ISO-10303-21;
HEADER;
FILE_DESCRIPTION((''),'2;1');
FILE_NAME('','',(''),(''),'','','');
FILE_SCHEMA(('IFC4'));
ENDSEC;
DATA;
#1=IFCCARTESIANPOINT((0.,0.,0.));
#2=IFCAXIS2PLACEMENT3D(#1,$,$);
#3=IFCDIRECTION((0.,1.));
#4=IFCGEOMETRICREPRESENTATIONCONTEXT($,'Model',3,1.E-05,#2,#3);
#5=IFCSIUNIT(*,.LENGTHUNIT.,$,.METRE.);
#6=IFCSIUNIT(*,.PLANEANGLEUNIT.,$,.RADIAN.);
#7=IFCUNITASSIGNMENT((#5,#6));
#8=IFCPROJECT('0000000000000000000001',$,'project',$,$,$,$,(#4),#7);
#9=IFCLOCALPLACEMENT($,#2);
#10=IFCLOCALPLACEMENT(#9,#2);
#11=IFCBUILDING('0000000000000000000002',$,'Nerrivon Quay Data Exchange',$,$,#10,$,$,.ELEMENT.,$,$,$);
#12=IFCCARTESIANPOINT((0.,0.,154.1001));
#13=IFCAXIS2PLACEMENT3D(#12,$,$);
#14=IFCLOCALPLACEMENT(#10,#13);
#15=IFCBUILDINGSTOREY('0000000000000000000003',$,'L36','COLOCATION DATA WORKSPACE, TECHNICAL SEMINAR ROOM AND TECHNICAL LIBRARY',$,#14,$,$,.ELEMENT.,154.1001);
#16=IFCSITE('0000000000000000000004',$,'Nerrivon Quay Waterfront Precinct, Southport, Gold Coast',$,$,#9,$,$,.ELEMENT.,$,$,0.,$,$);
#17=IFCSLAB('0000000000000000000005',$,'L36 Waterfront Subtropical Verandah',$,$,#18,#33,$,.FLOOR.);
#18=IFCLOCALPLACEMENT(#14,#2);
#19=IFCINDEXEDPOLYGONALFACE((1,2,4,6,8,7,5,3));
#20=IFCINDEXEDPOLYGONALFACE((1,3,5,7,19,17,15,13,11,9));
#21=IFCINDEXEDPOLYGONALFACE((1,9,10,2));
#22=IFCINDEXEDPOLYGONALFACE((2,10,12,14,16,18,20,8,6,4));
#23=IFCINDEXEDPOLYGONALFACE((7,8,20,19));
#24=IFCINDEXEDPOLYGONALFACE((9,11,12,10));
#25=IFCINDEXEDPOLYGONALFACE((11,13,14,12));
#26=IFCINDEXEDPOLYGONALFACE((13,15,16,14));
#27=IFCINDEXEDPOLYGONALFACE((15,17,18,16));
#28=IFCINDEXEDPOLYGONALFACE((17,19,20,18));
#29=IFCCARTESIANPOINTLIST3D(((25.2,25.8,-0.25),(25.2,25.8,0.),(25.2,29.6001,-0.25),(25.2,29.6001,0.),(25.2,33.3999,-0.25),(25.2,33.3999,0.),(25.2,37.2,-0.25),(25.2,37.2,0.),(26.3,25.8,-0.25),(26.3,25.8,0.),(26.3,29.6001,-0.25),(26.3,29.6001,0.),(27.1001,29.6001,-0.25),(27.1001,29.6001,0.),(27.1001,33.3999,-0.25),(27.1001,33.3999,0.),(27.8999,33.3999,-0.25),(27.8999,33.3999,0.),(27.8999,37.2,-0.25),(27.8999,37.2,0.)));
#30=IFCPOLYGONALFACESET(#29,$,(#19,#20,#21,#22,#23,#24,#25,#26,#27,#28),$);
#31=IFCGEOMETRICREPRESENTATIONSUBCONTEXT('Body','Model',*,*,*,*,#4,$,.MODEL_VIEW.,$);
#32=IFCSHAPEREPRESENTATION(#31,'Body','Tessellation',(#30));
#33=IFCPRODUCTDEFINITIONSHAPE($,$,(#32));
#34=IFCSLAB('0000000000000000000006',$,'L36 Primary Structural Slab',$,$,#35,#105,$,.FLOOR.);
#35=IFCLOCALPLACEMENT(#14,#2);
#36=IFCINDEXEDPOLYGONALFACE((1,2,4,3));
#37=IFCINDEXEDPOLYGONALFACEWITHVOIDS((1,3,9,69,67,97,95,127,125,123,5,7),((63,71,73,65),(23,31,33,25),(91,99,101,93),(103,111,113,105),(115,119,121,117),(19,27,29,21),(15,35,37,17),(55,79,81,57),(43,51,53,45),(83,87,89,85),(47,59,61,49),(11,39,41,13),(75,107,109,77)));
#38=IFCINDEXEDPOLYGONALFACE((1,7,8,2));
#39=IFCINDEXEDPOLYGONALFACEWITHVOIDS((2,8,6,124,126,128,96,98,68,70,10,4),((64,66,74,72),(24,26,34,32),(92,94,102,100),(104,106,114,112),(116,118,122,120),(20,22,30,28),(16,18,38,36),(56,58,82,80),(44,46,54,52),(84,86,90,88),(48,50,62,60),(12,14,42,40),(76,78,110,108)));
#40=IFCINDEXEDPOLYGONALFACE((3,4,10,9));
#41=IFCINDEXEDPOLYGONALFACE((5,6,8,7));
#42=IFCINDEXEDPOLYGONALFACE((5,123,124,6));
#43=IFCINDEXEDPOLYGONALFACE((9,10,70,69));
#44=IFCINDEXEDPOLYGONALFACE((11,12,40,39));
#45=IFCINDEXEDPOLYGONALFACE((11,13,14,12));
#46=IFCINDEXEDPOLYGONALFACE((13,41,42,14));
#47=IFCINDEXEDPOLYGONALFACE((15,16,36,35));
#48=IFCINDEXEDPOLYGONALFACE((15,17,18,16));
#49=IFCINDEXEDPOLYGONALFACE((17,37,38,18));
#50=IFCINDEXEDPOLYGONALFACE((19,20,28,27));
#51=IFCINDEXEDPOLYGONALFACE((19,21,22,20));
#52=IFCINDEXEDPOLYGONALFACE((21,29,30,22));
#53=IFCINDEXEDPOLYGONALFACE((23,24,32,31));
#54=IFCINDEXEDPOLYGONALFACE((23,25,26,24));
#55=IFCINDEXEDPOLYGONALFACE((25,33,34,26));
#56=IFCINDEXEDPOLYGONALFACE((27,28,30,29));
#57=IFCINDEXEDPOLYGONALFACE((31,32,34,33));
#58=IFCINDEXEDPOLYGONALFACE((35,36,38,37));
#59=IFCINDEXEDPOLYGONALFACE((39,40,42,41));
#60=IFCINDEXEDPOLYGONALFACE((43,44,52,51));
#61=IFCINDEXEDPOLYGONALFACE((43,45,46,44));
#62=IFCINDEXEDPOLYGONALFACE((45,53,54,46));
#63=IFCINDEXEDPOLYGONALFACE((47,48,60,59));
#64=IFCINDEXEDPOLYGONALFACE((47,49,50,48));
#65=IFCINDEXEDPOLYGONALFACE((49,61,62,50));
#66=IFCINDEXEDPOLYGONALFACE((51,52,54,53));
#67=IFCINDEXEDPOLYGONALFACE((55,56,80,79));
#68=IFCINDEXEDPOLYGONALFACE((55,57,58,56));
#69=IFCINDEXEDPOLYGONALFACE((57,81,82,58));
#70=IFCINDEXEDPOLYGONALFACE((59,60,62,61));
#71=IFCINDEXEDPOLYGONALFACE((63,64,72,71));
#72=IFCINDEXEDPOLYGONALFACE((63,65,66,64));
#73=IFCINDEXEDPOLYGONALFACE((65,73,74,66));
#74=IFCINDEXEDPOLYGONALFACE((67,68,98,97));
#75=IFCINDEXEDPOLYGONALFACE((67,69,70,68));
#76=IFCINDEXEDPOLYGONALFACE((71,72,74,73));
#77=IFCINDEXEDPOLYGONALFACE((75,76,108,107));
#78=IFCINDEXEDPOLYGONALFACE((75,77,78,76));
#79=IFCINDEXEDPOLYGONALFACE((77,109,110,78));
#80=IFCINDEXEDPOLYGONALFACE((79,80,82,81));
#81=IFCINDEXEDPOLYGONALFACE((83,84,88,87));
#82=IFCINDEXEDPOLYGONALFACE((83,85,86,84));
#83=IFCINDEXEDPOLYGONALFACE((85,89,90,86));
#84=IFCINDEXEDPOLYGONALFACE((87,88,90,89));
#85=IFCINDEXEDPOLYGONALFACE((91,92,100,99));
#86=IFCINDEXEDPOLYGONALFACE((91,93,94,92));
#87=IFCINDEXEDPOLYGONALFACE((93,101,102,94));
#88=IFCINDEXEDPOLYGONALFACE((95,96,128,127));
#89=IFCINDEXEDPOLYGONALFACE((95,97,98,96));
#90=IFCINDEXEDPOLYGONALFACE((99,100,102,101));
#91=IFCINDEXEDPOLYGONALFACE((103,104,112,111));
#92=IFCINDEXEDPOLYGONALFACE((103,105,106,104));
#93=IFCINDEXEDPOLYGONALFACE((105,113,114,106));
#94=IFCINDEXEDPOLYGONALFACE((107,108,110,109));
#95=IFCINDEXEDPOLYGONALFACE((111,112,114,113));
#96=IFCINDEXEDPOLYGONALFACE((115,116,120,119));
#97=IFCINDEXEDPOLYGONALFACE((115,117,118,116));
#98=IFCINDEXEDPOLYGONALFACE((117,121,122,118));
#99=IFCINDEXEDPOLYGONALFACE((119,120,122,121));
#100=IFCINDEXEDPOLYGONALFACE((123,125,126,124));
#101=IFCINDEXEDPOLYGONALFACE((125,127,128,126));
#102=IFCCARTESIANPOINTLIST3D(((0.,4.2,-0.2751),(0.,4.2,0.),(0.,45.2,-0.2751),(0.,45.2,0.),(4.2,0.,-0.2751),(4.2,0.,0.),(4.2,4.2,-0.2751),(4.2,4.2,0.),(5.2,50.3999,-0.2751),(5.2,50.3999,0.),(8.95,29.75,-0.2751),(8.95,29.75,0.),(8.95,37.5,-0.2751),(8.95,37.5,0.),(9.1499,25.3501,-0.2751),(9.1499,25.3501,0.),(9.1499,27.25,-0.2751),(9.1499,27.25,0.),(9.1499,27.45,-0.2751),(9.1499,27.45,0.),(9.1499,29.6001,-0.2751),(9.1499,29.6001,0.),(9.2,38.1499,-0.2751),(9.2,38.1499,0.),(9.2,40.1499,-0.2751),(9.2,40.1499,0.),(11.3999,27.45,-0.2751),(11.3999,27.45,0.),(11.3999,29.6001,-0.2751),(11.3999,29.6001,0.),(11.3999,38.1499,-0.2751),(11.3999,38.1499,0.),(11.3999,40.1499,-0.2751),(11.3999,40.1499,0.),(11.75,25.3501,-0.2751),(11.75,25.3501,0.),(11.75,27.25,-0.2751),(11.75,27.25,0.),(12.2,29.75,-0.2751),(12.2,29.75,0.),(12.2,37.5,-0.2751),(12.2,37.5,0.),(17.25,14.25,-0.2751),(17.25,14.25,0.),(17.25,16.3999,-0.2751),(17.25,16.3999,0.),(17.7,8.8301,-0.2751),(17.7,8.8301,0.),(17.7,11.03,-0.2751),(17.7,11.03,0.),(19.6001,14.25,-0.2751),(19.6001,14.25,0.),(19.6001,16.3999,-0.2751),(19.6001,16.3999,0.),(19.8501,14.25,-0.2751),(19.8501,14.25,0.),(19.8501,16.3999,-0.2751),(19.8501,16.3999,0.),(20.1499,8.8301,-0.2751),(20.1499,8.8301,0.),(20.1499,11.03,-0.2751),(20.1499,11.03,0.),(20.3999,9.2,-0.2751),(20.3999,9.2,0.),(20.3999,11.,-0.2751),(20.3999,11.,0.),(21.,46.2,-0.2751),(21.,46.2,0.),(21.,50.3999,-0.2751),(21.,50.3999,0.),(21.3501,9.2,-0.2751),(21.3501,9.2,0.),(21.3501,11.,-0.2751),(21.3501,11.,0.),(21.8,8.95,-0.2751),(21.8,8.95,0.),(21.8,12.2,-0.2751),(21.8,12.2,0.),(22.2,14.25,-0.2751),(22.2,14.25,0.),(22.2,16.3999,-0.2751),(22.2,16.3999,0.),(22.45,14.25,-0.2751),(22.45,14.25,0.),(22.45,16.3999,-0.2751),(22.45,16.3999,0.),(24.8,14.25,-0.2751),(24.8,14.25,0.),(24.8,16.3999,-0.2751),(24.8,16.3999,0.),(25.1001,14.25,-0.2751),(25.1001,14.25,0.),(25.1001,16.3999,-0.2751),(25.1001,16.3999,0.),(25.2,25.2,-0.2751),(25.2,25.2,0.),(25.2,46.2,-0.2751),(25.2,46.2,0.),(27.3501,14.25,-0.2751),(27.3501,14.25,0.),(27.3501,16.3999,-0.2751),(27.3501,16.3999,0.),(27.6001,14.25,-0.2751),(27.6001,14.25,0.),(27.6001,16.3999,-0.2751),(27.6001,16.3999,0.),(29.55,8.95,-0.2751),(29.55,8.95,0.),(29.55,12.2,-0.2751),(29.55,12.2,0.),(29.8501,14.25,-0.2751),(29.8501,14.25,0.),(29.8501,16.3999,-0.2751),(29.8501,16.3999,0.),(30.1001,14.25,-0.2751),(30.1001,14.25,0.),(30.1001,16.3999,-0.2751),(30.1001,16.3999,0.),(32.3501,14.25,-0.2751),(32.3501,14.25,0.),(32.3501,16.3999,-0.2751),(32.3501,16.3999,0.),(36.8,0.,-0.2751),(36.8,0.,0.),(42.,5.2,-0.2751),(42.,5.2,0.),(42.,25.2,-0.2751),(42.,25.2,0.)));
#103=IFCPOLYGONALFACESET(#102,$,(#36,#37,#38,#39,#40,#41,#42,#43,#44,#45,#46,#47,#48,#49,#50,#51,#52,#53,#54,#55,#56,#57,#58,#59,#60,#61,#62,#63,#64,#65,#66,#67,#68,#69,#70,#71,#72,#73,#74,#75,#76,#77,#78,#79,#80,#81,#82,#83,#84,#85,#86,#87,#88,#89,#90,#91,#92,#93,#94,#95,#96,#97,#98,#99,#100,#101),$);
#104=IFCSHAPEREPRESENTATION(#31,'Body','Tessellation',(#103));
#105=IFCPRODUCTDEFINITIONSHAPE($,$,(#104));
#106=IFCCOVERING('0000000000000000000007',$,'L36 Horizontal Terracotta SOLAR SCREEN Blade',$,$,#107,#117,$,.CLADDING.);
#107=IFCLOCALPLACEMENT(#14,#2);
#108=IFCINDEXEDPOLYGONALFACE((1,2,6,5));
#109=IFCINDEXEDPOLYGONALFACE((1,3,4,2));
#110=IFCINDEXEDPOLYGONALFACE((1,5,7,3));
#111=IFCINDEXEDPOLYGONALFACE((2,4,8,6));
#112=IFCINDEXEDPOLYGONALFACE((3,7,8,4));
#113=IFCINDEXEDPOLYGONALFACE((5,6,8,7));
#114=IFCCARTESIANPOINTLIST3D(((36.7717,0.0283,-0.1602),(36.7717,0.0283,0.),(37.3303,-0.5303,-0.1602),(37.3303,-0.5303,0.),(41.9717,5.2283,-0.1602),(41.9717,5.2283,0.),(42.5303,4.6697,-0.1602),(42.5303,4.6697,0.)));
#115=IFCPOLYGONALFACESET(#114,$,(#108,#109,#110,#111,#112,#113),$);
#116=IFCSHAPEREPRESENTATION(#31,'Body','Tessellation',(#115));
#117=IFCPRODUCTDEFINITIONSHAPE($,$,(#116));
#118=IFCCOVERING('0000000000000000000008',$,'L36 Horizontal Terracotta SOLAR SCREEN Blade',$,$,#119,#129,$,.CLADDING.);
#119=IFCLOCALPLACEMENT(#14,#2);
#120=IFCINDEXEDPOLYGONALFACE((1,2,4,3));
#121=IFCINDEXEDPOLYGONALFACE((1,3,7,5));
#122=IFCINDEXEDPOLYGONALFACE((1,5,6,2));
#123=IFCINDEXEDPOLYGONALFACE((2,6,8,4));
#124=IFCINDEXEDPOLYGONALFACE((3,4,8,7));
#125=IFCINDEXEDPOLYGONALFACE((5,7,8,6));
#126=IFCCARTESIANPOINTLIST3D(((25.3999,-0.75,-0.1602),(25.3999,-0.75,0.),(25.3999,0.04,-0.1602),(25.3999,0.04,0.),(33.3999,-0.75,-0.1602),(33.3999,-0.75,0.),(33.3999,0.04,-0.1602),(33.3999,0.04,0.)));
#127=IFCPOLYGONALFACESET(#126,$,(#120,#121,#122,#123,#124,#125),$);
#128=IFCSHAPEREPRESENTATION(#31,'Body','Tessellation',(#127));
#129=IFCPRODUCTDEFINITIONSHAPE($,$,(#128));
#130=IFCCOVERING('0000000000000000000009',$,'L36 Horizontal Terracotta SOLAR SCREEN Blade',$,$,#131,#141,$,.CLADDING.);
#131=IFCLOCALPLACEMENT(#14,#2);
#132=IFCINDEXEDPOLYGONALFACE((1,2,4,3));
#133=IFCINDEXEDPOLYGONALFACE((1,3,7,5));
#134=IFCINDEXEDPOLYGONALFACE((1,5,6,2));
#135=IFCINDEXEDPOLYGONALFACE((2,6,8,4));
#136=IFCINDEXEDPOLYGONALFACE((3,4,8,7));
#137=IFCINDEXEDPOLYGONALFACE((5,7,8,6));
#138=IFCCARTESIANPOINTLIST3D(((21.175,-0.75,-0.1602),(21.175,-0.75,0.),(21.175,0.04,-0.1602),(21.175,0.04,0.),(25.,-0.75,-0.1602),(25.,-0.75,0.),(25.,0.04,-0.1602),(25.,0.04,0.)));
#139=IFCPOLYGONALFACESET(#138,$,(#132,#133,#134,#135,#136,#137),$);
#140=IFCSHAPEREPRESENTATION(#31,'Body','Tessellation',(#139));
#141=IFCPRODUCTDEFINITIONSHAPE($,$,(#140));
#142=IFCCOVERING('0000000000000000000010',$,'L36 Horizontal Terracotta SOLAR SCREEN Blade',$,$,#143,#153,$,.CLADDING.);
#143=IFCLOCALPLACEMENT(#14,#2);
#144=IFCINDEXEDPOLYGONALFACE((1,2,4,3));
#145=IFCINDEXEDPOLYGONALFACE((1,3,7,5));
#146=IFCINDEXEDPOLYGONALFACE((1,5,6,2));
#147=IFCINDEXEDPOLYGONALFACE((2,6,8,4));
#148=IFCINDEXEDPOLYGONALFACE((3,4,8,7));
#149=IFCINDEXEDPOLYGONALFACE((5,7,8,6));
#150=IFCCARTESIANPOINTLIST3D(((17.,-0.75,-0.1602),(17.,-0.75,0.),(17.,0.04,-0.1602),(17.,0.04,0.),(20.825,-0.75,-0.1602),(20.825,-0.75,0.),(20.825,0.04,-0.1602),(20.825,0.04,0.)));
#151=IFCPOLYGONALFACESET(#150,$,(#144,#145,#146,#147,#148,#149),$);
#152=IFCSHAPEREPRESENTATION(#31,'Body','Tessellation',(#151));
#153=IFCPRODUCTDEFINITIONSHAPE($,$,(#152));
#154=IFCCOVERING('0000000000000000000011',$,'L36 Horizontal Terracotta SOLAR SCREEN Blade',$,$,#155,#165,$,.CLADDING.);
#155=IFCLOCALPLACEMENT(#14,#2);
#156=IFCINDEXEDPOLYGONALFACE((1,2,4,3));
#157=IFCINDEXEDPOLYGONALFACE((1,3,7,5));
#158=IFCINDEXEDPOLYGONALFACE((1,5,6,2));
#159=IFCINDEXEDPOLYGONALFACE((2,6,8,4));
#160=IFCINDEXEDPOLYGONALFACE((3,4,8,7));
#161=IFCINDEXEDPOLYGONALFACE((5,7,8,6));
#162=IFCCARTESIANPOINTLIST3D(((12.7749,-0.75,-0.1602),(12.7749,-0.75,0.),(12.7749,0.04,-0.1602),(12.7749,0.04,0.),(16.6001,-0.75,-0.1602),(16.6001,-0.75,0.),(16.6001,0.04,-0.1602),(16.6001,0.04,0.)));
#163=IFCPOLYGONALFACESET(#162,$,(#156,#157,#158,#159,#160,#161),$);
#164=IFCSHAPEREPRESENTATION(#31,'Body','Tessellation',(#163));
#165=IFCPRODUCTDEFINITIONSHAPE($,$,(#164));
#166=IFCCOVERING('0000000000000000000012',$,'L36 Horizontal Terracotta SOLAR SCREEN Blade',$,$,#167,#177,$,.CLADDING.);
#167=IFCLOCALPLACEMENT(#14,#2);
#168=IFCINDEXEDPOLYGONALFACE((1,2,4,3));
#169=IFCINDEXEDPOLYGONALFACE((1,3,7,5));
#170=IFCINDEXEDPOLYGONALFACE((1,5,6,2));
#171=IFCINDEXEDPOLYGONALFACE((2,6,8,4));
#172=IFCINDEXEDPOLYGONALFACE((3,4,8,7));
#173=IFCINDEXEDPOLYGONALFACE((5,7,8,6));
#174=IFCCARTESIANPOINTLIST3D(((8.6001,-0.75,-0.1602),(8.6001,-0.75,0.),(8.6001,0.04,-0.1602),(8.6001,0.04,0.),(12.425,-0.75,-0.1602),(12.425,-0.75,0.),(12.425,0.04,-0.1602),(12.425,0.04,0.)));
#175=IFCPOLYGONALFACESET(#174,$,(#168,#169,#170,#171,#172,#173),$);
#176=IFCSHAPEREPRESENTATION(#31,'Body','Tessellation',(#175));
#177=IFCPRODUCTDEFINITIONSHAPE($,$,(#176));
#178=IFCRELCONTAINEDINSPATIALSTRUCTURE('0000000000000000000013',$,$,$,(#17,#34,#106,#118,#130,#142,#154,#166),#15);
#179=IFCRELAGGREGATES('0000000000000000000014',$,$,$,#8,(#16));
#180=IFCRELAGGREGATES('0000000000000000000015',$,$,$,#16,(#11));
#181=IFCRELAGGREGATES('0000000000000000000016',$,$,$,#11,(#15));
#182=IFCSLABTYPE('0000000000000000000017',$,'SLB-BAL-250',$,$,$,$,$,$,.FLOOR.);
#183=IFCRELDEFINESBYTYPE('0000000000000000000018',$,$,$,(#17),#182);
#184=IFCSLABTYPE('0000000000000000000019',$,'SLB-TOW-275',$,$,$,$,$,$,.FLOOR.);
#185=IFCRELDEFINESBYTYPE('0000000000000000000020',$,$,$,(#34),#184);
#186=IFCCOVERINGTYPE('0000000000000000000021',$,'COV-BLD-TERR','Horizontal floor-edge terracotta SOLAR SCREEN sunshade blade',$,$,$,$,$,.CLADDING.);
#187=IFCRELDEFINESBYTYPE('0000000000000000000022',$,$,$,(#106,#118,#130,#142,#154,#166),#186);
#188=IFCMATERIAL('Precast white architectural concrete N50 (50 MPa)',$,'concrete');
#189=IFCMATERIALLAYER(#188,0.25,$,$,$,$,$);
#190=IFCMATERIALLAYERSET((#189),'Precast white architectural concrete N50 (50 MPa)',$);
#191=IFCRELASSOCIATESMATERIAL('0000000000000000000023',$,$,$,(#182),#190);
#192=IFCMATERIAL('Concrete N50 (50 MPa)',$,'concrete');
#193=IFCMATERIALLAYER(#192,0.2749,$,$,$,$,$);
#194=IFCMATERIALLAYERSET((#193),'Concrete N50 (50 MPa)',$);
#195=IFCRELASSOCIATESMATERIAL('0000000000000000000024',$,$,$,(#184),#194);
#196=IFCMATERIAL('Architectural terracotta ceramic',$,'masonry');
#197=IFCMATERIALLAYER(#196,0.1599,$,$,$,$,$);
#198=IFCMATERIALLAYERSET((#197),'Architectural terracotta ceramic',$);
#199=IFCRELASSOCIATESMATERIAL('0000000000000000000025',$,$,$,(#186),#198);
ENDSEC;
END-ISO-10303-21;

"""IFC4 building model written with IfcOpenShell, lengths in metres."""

from ifc_helpers import new_model, si_unit, direction, frame, origin, place, context, subcontext, project, spatial, polyline, outline, extrude, material, layer, layer_set, type_object, element, save


model = new_model("IFC4")

# Units and contexts
model_context = context("Model", 3, precision=1e-05, world=origin(), true_north=direction((0.0, 1.0)))
body_context = subcontext(model_context, "Body", "Model", "MODEL_VIEW")
ifc_project = project(units=[si_unit("LENGTHUNIT", "METRE"), si_unit("PLANEANGLEUNIT", "RADIAN")], contexts=[model_context])

# Site, building, storey
site_placement = place(None, origin())
site = spatial("IfcSite", under=ifc_project, at=site_placement, Name="Nerrivon Quay Waterfront Precinct, Southport, Gold Coast", CompositionType="ELEMENT", RefElevation=0.0)
building_placement = place(site_placement, origin())
building = spatial("IfcBuilding", under=site, at=building_placement, Name="Nerrivon Quay Data Exchange", CompositionType="ELEMENT")
storey_placement = place(building_placement, frame((0.0, 0.0, 154.1001)))
storey = spatial("IfcBuildingStorey", under=building, at=storey_placement, Name="L36", Description="COLOCATION DATA WORKSPACE, TECHNICAL SEMINAR ROOM AND TECHNICAL LIBRARY", CompositionType="ELEMENT", Elevation=154.1001)

# Slabs
ifc_material_1 = material(Name="Precast white architectural concrete N50 (50 MPa)", Category="concrete")
ifc_layer_1 = layer(ifc_material_1, 0.25)
ifc_layer_set_1 = layer_set([ifc_layer_1], Name="Precast white architectural concrete N50 (50 MPa)")
slab_type_1 = type_object("IfcSlabType", Name="SLB-BAL-250", PredefinedType="FLOOR", material=ifc_layer_set_1)
slab_1_placement = place(storey_placement, frame((0.0, 0.0, -0.25)))
element("IfcSlab", 1, at=slab_1_placement, inside=storey, type_object=slab_type_1, Name="L36 Waterfront Subtropical Verandah", PredefinedType="FLOOR", context=body_context, shape_type="SweptSolid", body=[
    extrude(outline(polyline([(26.3, 29.6001), (27.1001, 29.6001), (27.1001, 33.3999), (27.8999, 33.3999), (27.8999, 37.2), (25.2, 37.2), (25.2, 33.3999), (25.2, 29.6001), (25.2, 25.8), (26.3, 25.8), (26.3, 29.6001)])), origin(), (0.0, 0.0, 1.0), 0.25),
])
ifc_material_2 = material(Name="Concrete N50 (50 MPa)", Category="concrete")
ifc_layer_2 = layer(ifc_material_2, 0.2749)
ifc_layer_set_2 = layer_set([ifc_layer_2], Name="Concrete N50 (50 MPa)")
slab_type_2 = type_object("IfcSlabType", Name="SLB-TOW-275", PredefinedType="FLOOR", material=ifc_layer_set_2)
slab_2_placement = place(storey_placement, frame((0.0, 0.0, -0.2751)))
element("IfcSlab", 2, at=slab_2_placement, inside=storey, type_object=slab_type_2, Name="L36 Primary Structural Slab", PredefinedType="FLOOR", context=body_context, shape_type="SweptSolid", body=[
    extrude(outline(polyline([(42.0, 25.2), (25.2, 25.2), (25.2, 46.2), (21.0, 46.2), (21.0, 50.3999), (5.2, 50.3999), (0.0, 45.2), (0.0, 4.2), (4.2, 4.2), (4.2, 0.0), (36.8, 0.0), (42.0, 5.2), (42.0, 25.2)]), holes=[polyline([(8.95, 29.75), (8.95, 37.5), (12.2, 37.5), (12.2, 29.75), (8.95, 29.75)]), polyline([(21.8, 12.2), (29.55, 12.2), (29.55, 8.95), (21.8, 8.95), (21.8, 12.2)]), polyline([(30.1001, 16.3999), (32.3501, 16.3999), (32.3501, 14.25), (30.1001, 14.25), (30.1001, 16.3999)]), polyline([(27.6001, 16.3999), (29.8501, 16.3999), (29.8501, 14.25), (27.6001, 14.25), (27.6001, 16.3999)]), polyline([(25.1001, 14.25), (25.1001, 16.3999), (27.3501, 16.3999), (27.3501, 14.25), (25.1001, 14.25)]), polyline([(22.45, 16.3999), (24.8, 16.3999), (24.8, 14.25), (22.45, 14.25), (22.45, 16.3999)]), polyline([(19.8501, 16.3999), (22.2, 16.3999), (22.2, 14.25), (19.8501, 14.25), (19.8501, 16.3999)]), polyline([(20.3999, 9.2), (20.3999, 11.0), (21.3501, 11.0), (21.3501, 9.2), (20.3999, 9.2)]), polyline([(17.7, 8.8301), (17.7, 11.03), (20.1499, 11.03), (20.1499, 8.8301), (17.7, 8.8301)]), polyline([(17.25, 14.25), (17.25, 16.3999), (19.6001, 16.3999), (19.6001, 14.25), (17.25, 14.25)]), polyline([(9.1499, 27.25), (11.75, 27.25), (11.75, 25.3501), (9.1499, 25.3501), (9.1499, 27.25)]), polyline([(9.1499, 29.6001), (11.3999, 29.6001), (11.3999, 27.45), (9.1499, 27.45), (9.1499, 29.6001)]), polyline([(9.2, 38.1499), (9.2, 40.1499), (11.3999, 40.1499), (11.3999, 38.1499), (9.2, 38.1499)])]), origin(), (0.0, 0.0, 1.0), 0.2751),
])

# Coverings
ifc_material_3 = material(Name="Architectural terracotta ceramic", Category="masonry")
ifc_layer_3 = layer(ifc_material_3, 0.1599)
ifc_layer_set_3 = layer_set([ifc_layer_3], Name="Architectural terracotta ceramic")
covering_type = type_object("IfcCoveringType", Name="COV-BLD-TERR", Description="Horizontal floor-edge terracotta SOLAR SCREEN sunshade blade", PredefinedType="CLADDING", material=ifc_layer_set_3)
covering_1_placement = place(storey_placement, frame((0.0, 0.0, -0.1602)))
element("IfcCovering", 3, at=covering_1_placement, inside=storey, type_object=covering_type, Name="L36 Horizontal Terracotta SOLAR SCREEN Blade", PredefinedType="CLADDING", context=body_context, shape_type="SweptSolid", body=[
    extrude(outline(polyline([(41.9717, 5.2283), (36.7717, 0.0283), (37.3303, -0.5303), (42.5303, 4.6697), (41.9717, 5.2283)])), origin(), (0.0, 0.0, 1.0), 0.1602),
])
covering_2_placement = place(storey_placement, frame((0.0, 0.0, -0.1602)))
element("IfcCovering", 4, at=covering_2_placement, inside=storey, type_object=covering_type, Name="L36 Horizontal Terracotta SOLAR SCREEN Blade", PredefinedType="CLADDING", context=body_context, shape_type="SweptSolid", body=[
    extrude(outline(polyline([(33.3999, 0.04), (25.3999, 0.04), (25.3999, -0.75), (33.3999, -0.75), (33.3999, 0.04)])), origin(), (0.0, 0.0, 1.0), 0.1602),
])
covering_3_placement = place(storey_placement, frame((0.0, 0.0, -0.1602)))
element("IfcCovering", 5, at=covering_3_placement, inside=storey, type_object=covering_type, Name="L36 Horizontal Terracotta SOLAR SCREEN Blade", PredefinedType="CLADDING", context=body_context, shape_type="SweptSolid", body=[
    extrude(outline(polyline([(25.0, 0.04), (21.175, 0.04), (21.175, -0.75), (25.0, -0.75), (25.0, 0.04)])), origin(), (0.0, 0.0, 1.0), 0.1602),
])
covering_4_placement = place(storey_placement, frame((0.0, 0.0, -0.1602)))
element("IfcCovering", 6, at=covering_4_placement, inside=storey, type_object=covering_type, Name="L36 Horizontal Terracotta SOLAR SCREEN Blade", PredefinedType="CLADDING", context=body_context, shape_type="SweptSolid", body=[
    extrude(outline(polyline([(20.825, 0.04), (17.0, 0.04), (17.0, -0.75), (20.825, -0.75), (20.825, 0.04)])), origin(), (0.0, 0.0, 1.0), 0.1602),
])
covering_5_placement = place(storey_placement, frame((0.0, 0.0, -0.1602)))
element("IfcCovering", 7, at=covering_5_placement, inside=storey, type_object=covering_type, Name="L36 Horizontal Terracotta SOLAR SCREEN Blade", PredefinedType="CLADDING", context=body_context, shape_type="SweptSolid", body=[
    extrude(outline(polyline([(16.6001, 0.04), (12.7749, 0.04), (12.7749, -0.75), (16.6001, -0.75), (16.6001, 0.04)])), origin(), (0.0, 0.0, 1.0), 0.1602),
])
covering_6_placement = place(storey_placement, frame((0.0, 0.0, -0.1602)))
element("IfcCovering", 8, at=covering_6_placement, inside=storey, type_object=covering_type, Name="L36 Horizontal Terracotta SOLAR SCREEN Blade", PredefinedType="CLADDING", context=body_context, shape_type="SweptSolid", body=[
    extrude(outline(polyline([(12.425, 0.04), (8.6001, 0.04), (8.6001, -0.75), (12.425, -0.75), (12.425, 0.04)])), origin(), (0.0, 0.0, 1.0), 0.1602),
])

save(model, "model.ifc")
